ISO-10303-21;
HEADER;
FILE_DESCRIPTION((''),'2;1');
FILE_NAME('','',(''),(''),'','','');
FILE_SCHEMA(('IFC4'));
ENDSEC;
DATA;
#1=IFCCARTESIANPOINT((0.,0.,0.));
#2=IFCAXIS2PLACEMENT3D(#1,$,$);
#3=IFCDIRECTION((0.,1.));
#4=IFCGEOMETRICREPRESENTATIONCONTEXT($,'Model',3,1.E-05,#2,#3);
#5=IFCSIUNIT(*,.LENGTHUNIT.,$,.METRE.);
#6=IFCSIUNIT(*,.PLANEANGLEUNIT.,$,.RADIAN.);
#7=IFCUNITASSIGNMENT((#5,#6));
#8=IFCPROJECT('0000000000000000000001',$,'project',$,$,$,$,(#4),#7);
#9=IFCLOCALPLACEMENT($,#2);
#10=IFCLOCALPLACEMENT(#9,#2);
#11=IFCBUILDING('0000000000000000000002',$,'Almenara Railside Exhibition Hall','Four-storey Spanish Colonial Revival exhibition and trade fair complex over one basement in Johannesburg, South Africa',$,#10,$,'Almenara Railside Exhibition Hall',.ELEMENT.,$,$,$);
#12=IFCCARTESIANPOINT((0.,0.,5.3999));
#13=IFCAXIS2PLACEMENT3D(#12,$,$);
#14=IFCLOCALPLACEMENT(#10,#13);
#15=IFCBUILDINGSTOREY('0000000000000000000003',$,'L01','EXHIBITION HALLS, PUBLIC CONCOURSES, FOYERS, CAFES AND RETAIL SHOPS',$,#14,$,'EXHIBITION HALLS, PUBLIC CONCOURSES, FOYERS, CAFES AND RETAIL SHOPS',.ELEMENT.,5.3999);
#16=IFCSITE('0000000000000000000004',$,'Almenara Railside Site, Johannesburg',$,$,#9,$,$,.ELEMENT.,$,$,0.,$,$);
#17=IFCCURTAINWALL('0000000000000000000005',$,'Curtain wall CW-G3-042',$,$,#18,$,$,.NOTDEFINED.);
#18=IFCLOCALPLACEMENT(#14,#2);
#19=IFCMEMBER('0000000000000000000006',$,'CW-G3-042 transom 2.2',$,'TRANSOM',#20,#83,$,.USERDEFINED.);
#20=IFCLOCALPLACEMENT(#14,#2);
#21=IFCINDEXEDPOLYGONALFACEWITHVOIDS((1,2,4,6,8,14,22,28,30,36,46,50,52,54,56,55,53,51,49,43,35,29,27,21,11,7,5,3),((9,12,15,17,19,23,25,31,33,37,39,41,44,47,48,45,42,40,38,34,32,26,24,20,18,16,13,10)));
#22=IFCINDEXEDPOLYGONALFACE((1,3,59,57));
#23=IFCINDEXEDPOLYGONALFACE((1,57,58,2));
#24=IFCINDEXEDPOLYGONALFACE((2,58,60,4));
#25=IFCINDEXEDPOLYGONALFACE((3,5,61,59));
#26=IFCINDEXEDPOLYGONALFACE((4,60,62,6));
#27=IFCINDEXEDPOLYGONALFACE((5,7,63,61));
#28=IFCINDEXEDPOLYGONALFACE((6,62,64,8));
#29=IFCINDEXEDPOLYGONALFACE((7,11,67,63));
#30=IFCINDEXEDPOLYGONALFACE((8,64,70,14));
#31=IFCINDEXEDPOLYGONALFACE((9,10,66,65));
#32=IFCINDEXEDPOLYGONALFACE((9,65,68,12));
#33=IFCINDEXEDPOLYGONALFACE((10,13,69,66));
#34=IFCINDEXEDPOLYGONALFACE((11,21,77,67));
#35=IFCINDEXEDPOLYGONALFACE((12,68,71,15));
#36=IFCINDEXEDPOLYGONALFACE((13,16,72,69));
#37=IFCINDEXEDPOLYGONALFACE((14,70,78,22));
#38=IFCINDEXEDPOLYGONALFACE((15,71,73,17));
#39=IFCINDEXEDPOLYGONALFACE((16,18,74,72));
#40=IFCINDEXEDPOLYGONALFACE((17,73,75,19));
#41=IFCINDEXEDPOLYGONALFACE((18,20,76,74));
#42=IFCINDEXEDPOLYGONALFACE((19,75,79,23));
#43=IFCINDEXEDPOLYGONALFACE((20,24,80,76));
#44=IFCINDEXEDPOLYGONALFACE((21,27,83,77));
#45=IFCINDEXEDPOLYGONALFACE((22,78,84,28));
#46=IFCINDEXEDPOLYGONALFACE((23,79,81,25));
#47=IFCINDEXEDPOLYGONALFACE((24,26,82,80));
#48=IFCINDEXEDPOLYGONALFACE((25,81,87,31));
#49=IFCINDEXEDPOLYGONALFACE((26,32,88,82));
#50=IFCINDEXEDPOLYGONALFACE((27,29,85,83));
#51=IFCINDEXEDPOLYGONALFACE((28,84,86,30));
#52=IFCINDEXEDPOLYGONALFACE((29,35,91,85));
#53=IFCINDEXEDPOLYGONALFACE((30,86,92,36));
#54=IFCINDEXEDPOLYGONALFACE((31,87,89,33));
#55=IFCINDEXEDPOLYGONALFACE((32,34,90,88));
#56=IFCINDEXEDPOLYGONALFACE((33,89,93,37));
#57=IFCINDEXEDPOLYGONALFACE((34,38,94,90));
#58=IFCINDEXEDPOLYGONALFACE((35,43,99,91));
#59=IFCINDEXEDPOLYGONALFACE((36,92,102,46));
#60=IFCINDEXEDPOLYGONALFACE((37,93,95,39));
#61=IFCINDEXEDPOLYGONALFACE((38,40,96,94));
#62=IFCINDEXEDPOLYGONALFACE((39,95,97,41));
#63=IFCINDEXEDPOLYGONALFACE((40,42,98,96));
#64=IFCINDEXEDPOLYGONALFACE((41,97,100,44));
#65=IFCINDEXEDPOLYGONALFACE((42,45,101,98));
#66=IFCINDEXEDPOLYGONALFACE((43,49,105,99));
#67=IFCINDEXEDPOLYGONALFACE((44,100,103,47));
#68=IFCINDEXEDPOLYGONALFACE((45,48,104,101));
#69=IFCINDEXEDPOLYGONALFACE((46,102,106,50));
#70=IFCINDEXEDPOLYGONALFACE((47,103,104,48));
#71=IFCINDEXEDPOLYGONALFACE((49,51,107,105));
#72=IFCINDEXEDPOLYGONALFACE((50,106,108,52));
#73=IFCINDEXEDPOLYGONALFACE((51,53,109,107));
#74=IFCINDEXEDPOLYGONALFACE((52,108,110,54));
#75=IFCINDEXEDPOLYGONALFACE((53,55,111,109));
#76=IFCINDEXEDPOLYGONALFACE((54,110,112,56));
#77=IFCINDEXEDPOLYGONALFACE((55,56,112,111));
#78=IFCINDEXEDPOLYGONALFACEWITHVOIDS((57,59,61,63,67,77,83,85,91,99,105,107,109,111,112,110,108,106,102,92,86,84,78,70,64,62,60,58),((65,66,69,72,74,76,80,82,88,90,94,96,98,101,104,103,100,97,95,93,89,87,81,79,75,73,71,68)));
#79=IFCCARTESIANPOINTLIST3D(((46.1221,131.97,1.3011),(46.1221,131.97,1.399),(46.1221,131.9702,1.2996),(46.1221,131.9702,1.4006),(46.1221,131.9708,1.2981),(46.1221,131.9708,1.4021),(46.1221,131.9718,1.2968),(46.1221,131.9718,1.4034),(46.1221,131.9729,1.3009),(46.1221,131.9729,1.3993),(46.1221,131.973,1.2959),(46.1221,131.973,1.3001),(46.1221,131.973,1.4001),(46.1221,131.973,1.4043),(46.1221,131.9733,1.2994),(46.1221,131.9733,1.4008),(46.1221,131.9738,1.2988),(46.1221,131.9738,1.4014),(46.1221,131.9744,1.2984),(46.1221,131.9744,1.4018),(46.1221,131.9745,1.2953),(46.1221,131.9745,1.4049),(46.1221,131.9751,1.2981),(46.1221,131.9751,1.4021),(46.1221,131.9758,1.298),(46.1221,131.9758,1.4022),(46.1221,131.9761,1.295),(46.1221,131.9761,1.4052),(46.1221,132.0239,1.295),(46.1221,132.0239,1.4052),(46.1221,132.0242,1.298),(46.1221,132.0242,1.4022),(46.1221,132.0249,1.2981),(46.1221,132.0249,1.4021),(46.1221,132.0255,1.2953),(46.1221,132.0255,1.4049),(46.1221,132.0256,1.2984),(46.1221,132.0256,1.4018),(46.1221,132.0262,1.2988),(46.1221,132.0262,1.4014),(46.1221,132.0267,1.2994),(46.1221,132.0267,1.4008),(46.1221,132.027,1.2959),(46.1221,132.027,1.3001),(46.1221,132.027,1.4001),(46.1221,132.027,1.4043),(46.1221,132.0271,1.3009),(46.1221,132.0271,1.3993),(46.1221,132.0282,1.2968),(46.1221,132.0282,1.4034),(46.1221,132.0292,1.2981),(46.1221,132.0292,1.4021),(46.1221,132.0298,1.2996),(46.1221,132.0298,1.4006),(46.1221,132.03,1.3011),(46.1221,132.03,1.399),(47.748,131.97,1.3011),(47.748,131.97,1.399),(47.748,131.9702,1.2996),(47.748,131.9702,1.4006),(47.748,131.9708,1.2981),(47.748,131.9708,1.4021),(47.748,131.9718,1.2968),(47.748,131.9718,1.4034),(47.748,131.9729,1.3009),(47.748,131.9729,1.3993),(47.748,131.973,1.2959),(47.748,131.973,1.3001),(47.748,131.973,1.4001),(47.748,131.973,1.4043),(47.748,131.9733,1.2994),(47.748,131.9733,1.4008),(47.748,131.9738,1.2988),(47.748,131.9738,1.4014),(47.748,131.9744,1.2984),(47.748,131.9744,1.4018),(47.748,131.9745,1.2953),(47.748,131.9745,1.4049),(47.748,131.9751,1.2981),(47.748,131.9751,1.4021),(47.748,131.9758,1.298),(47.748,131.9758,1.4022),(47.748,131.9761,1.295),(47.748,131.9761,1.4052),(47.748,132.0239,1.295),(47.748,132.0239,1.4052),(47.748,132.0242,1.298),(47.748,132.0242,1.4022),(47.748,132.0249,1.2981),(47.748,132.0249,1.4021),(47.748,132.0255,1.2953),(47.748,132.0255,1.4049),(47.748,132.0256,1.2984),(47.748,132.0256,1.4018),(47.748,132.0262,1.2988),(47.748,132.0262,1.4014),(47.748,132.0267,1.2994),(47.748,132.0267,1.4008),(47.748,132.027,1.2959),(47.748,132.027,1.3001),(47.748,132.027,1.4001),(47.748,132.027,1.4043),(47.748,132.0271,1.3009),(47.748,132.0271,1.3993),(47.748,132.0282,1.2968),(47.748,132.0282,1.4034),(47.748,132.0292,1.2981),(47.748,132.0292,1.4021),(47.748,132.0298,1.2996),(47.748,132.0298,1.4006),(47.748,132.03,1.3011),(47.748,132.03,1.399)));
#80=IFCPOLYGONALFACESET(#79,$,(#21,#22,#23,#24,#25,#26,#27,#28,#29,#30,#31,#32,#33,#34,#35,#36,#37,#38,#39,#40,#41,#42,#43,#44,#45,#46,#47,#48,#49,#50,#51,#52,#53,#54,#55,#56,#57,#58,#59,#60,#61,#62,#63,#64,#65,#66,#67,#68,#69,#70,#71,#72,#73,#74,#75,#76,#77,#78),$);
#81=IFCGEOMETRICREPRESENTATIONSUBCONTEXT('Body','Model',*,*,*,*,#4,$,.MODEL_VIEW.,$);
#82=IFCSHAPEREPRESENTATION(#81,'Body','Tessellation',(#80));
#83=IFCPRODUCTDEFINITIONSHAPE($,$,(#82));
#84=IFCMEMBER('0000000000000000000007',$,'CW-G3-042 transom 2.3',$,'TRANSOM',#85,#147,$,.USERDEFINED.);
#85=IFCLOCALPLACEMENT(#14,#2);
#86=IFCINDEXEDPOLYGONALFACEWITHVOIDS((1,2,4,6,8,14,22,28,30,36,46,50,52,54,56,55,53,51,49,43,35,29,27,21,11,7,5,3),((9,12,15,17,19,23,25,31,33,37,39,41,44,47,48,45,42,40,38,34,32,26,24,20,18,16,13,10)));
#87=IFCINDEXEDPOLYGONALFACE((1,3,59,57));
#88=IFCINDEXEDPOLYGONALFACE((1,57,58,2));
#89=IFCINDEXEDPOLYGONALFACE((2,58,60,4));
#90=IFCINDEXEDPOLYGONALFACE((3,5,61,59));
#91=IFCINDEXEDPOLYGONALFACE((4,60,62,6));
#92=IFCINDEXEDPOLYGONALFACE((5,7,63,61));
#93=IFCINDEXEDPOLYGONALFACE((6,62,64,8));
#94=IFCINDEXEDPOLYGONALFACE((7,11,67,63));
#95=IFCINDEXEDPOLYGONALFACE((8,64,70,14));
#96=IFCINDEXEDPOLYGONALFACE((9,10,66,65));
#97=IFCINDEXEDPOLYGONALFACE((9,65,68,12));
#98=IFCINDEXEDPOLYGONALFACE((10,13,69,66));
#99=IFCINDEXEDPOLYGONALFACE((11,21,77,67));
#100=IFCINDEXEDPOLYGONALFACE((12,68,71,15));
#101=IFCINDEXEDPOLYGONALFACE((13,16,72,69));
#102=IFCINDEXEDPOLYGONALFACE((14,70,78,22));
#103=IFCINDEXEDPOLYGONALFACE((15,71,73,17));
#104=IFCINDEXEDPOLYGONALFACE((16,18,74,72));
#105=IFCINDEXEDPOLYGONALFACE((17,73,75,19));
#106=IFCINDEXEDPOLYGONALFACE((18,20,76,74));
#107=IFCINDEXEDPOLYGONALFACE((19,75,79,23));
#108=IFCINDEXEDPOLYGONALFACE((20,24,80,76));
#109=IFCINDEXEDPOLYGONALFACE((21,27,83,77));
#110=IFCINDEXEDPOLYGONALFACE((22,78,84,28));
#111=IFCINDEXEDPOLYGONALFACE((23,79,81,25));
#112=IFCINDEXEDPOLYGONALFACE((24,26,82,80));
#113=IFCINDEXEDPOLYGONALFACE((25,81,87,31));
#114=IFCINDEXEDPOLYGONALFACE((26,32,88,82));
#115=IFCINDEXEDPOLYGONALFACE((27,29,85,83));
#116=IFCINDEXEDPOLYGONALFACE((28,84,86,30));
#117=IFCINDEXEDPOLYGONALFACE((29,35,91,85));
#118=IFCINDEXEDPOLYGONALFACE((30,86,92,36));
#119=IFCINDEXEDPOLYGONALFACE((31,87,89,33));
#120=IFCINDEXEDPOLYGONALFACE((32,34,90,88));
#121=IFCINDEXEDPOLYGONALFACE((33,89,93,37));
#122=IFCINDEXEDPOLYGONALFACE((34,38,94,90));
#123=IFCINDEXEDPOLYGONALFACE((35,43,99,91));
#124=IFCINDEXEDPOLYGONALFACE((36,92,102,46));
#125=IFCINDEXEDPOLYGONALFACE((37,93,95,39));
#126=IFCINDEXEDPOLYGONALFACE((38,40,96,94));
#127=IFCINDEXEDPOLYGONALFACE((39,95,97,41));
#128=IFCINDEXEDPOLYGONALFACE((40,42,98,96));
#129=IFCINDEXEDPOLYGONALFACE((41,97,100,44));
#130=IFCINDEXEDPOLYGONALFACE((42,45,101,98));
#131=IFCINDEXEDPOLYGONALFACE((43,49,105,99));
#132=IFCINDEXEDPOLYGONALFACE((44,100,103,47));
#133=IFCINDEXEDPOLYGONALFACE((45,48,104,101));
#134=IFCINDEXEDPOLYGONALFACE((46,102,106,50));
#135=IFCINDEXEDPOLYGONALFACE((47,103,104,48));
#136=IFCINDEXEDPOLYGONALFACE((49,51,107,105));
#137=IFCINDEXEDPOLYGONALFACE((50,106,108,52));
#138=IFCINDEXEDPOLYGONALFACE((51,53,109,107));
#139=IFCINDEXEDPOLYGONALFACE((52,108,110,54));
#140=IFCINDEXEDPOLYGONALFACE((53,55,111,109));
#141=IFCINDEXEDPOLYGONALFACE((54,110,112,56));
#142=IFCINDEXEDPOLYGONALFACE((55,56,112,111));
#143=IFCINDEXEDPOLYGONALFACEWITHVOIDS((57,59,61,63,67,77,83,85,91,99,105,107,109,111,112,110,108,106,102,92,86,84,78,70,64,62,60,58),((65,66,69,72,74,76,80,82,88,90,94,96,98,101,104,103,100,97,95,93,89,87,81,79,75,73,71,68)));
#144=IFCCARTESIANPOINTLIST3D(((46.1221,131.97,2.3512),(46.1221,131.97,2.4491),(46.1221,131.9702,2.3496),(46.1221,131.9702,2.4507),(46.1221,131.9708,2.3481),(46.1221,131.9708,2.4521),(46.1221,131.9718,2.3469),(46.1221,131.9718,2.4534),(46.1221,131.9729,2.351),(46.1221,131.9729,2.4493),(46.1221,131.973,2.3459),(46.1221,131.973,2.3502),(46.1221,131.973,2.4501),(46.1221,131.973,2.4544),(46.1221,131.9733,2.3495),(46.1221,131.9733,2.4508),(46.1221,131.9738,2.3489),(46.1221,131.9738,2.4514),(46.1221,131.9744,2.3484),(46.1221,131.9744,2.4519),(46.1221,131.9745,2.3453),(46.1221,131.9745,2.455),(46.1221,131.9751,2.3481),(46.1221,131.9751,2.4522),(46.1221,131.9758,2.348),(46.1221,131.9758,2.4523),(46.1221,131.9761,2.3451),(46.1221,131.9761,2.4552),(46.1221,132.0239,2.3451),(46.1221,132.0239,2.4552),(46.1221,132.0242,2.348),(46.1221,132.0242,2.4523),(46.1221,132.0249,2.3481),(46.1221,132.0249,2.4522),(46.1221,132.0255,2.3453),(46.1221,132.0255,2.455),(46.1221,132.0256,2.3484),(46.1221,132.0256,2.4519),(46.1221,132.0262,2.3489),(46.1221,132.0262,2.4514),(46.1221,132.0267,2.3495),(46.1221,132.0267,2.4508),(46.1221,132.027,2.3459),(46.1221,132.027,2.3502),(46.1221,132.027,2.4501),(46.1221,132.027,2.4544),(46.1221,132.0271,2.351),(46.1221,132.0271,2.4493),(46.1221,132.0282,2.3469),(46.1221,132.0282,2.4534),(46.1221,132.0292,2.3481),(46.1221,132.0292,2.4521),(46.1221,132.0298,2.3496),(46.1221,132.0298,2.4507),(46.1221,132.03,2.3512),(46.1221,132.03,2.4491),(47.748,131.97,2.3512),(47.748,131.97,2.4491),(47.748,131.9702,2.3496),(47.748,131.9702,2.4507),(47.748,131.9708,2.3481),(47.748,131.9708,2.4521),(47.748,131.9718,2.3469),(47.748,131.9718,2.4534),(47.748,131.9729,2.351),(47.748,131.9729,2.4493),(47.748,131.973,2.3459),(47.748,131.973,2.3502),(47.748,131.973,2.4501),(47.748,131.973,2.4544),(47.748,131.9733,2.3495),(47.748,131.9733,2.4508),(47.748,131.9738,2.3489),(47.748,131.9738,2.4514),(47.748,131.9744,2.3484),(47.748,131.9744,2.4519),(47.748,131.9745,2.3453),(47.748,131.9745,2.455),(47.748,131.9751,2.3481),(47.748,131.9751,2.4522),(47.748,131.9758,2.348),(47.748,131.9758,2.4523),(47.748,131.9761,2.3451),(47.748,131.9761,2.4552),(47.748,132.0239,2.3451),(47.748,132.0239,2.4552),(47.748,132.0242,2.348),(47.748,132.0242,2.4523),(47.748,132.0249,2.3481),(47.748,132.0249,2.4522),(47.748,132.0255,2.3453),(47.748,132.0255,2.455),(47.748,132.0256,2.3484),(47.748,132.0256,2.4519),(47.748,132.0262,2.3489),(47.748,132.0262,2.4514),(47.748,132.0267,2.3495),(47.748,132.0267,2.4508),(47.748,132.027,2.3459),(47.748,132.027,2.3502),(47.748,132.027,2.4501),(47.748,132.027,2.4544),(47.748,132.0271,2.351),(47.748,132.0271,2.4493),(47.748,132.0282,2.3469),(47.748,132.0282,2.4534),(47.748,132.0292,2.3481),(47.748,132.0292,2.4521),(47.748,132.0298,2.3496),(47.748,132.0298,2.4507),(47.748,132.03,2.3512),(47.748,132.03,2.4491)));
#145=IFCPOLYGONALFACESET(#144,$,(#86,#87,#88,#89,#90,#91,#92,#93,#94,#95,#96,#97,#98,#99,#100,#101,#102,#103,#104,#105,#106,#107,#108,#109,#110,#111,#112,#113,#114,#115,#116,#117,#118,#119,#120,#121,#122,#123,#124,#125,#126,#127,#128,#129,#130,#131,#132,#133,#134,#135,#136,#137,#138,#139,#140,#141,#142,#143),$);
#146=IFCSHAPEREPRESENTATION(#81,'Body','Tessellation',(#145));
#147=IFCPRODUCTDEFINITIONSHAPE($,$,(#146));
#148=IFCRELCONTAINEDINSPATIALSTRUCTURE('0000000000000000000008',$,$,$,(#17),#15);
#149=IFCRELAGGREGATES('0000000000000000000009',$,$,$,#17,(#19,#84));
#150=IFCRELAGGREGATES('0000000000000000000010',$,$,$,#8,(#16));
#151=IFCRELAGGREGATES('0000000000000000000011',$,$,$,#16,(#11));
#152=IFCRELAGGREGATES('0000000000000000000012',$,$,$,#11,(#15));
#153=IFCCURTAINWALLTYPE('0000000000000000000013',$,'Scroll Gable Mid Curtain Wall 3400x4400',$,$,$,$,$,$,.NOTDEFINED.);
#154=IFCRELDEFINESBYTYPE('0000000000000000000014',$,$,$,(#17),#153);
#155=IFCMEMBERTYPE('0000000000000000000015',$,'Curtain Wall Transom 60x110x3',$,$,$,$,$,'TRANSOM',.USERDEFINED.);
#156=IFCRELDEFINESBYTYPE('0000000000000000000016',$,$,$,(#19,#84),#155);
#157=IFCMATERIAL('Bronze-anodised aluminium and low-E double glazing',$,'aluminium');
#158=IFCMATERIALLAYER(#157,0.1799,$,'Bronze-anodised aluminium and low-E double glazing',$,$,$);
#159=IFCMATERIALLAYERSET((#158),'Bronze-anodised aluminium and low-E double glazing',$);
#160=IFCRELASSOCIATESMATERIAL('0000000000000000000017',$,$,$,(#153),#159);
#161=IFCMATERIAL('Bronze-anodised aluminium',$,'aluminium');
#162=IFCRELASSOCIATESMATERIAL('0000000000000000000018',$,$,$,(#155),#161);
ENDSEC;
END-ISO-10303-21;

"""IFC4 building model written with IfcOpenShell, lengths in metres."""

from ifc_helpers import new_model, si_unit, direction, frame, origin, origin_2d, place, context, subcontext, project, spatial, hollow_rectangle, extrude, material, layer, layer_set, material_profile, profile_set, type_object, element, aggregate, save


model = new_model("IFC4")

# Units and contexts
model_context = context("Model", 3, precision=1e-05, world=origin(), true_north=direction((0.0, 1.0)))
body_context = subcontext(model_context, "Body", "Model", "MODEL_VIEW")
ifc_project = project(units=[si_unit("LENGTHUNIT", "METRE"), si_unit("PLANEANGLEUNIT", "RADIAN")], contexts=[model_context])

# Site, building, storey
site_placement = place(None, origin())
site = spatial("IfcSite", under=ifc_project, at=site_placement, Name="Almenara Railside Site, Johannesburg", CompositionType="ELEMENT", RefElevation=0.0)
building_placement = place(site_placement, origin())
building = spatial("IfcBuilding", under=site, at=building_placement, Name="Almenara Railside Exhibition Hall", Description="Four-storey Spanish Colonial Revival exhibition and trade fair complex over one basement in Johannesburg, South Africa", LongName="Almenara Railside Exhibition Hall", CompositionType="ELEMENT")
storey_placement = place(building_placement, frame((0.0, 0.0, 5.3999)))
storey = spatial("IfcBuildingStorey", under=building, at=storey_placement, Name="L01", Description="EXHIBITION HALLS, PUBLIC CONCOURSES, FOYERS, CAFES AND RETAIL SHOPS", LongName="EXHIBITION HALLS, PUBLIC CONCOURSES, FOYERS, CAFES AND RETAIL SHOPS", CompositionType="ELEMENT", Elevation=5.3999)

# Curtain wall
ifc_material_1 = material(Name="Bronze-anodised aluminium and low-E double glazing", Category="aluminium")
ifc_layer_1 = layer(ifc_material_1, 0.1799, Name="Bronze-anodised aluminium and low-E double glazing")
ifc_layer_set_1 = layer_set([ifc_layer_1], Name="Bronze-anodised aluminium and low-E double glazing")
curtain_wall_type = type_object("IfcCurtainWallType", Name="Scroll Gable Mid Curtain Wall 3400x4400", PredefinedType="NOTDEFINED", material=ifc_layer_set_1)
curtain_wall_1_placement = place(storey_placement, origin())
curtain_wall_1 = element("IfcCurtainWall", 1, at=curtain_wall_1_placement, inside=storey, type_object=curtain_wall_type, Name="Curtain wall CW-G3-042", PredefinedType="NOTDEFINED")
ifc_material_2 = material(Name="Bronze-anodised aluminium", Category="aluminium")

# Members
ifc_material_profile_1 = material_profile(ifc_material_2, hollow_rectangle(XDim=0.0601, YDim=0.1101, WallThickness=0.0029, InnerFilletRadius=0.0029, OuterFilletRadius=0.0061, at=origin_2d()), Name="ALU-TRN 60x110x3")
ifc_profile_set_1 = profile_set([ifc_material_profile_1], Name="Bronze-anodised aluminium")
member_type_1 = type_object("IfcMemberType", Name="Curtain Wall Transom 60x110x3", ElementType="TRANSOM", PredefinedType="USERDEFINED", material=ifc_profile_set_1)
member_1_placement = place(storey_placement, frame((46.1221, 132.0, 1.3501), z_axis=(1.0, 0.0, 0.0), x_axis=(0.0, 1.0, 0.0)))
member_1 = element("IfcMember", 2, at=member_1_placement, type_object=member_type_1, Name="CW-G3-042 transom 2.2", ObjectType="TRANSOM", PredefinedType="USERDEFINED", context=body_context, shape_type="SweptSolid", body=[
    extrude(hollow_rectangle(XDim=0.0601, YDim=0.1101, WallThickness=0.0029, InnerFilletRadius=0.0029, OuterFilletRadius=0.0061, at=origin_2d()), origin(), (0.0, 0.0, 1.0), 1.626),
])
member_2_placement = place(storey_placement, frame((46.1221, 132.0, 2.4001), z_axis=(1.0, 0.0, 0.0), x_axis=(0.0, 1.0, 0.0)))
member_2 = element("IfcMember", 3, at=member_2_placement, type_object=member_type_1, Name="CW-G3-042 transom 2.3", ObjectType="TRANSOM", PredefinedType="USERDEFINED", context=body_context, shape_type="SweptSolid", body=[
    extrude(hollow_rectangle(XDim=0.0601, YDim=0.1101, WallThickness=0.0029, InnerFilletRadius=0.0029, OuterFilletRadius=0.0061, at=origin_2d()), origin(), (0.0, 0.0, 1.0), 1.626),
])

aggregate(curtain_wall_1, [member_1, member_2])

save(model, "model.ifc")
